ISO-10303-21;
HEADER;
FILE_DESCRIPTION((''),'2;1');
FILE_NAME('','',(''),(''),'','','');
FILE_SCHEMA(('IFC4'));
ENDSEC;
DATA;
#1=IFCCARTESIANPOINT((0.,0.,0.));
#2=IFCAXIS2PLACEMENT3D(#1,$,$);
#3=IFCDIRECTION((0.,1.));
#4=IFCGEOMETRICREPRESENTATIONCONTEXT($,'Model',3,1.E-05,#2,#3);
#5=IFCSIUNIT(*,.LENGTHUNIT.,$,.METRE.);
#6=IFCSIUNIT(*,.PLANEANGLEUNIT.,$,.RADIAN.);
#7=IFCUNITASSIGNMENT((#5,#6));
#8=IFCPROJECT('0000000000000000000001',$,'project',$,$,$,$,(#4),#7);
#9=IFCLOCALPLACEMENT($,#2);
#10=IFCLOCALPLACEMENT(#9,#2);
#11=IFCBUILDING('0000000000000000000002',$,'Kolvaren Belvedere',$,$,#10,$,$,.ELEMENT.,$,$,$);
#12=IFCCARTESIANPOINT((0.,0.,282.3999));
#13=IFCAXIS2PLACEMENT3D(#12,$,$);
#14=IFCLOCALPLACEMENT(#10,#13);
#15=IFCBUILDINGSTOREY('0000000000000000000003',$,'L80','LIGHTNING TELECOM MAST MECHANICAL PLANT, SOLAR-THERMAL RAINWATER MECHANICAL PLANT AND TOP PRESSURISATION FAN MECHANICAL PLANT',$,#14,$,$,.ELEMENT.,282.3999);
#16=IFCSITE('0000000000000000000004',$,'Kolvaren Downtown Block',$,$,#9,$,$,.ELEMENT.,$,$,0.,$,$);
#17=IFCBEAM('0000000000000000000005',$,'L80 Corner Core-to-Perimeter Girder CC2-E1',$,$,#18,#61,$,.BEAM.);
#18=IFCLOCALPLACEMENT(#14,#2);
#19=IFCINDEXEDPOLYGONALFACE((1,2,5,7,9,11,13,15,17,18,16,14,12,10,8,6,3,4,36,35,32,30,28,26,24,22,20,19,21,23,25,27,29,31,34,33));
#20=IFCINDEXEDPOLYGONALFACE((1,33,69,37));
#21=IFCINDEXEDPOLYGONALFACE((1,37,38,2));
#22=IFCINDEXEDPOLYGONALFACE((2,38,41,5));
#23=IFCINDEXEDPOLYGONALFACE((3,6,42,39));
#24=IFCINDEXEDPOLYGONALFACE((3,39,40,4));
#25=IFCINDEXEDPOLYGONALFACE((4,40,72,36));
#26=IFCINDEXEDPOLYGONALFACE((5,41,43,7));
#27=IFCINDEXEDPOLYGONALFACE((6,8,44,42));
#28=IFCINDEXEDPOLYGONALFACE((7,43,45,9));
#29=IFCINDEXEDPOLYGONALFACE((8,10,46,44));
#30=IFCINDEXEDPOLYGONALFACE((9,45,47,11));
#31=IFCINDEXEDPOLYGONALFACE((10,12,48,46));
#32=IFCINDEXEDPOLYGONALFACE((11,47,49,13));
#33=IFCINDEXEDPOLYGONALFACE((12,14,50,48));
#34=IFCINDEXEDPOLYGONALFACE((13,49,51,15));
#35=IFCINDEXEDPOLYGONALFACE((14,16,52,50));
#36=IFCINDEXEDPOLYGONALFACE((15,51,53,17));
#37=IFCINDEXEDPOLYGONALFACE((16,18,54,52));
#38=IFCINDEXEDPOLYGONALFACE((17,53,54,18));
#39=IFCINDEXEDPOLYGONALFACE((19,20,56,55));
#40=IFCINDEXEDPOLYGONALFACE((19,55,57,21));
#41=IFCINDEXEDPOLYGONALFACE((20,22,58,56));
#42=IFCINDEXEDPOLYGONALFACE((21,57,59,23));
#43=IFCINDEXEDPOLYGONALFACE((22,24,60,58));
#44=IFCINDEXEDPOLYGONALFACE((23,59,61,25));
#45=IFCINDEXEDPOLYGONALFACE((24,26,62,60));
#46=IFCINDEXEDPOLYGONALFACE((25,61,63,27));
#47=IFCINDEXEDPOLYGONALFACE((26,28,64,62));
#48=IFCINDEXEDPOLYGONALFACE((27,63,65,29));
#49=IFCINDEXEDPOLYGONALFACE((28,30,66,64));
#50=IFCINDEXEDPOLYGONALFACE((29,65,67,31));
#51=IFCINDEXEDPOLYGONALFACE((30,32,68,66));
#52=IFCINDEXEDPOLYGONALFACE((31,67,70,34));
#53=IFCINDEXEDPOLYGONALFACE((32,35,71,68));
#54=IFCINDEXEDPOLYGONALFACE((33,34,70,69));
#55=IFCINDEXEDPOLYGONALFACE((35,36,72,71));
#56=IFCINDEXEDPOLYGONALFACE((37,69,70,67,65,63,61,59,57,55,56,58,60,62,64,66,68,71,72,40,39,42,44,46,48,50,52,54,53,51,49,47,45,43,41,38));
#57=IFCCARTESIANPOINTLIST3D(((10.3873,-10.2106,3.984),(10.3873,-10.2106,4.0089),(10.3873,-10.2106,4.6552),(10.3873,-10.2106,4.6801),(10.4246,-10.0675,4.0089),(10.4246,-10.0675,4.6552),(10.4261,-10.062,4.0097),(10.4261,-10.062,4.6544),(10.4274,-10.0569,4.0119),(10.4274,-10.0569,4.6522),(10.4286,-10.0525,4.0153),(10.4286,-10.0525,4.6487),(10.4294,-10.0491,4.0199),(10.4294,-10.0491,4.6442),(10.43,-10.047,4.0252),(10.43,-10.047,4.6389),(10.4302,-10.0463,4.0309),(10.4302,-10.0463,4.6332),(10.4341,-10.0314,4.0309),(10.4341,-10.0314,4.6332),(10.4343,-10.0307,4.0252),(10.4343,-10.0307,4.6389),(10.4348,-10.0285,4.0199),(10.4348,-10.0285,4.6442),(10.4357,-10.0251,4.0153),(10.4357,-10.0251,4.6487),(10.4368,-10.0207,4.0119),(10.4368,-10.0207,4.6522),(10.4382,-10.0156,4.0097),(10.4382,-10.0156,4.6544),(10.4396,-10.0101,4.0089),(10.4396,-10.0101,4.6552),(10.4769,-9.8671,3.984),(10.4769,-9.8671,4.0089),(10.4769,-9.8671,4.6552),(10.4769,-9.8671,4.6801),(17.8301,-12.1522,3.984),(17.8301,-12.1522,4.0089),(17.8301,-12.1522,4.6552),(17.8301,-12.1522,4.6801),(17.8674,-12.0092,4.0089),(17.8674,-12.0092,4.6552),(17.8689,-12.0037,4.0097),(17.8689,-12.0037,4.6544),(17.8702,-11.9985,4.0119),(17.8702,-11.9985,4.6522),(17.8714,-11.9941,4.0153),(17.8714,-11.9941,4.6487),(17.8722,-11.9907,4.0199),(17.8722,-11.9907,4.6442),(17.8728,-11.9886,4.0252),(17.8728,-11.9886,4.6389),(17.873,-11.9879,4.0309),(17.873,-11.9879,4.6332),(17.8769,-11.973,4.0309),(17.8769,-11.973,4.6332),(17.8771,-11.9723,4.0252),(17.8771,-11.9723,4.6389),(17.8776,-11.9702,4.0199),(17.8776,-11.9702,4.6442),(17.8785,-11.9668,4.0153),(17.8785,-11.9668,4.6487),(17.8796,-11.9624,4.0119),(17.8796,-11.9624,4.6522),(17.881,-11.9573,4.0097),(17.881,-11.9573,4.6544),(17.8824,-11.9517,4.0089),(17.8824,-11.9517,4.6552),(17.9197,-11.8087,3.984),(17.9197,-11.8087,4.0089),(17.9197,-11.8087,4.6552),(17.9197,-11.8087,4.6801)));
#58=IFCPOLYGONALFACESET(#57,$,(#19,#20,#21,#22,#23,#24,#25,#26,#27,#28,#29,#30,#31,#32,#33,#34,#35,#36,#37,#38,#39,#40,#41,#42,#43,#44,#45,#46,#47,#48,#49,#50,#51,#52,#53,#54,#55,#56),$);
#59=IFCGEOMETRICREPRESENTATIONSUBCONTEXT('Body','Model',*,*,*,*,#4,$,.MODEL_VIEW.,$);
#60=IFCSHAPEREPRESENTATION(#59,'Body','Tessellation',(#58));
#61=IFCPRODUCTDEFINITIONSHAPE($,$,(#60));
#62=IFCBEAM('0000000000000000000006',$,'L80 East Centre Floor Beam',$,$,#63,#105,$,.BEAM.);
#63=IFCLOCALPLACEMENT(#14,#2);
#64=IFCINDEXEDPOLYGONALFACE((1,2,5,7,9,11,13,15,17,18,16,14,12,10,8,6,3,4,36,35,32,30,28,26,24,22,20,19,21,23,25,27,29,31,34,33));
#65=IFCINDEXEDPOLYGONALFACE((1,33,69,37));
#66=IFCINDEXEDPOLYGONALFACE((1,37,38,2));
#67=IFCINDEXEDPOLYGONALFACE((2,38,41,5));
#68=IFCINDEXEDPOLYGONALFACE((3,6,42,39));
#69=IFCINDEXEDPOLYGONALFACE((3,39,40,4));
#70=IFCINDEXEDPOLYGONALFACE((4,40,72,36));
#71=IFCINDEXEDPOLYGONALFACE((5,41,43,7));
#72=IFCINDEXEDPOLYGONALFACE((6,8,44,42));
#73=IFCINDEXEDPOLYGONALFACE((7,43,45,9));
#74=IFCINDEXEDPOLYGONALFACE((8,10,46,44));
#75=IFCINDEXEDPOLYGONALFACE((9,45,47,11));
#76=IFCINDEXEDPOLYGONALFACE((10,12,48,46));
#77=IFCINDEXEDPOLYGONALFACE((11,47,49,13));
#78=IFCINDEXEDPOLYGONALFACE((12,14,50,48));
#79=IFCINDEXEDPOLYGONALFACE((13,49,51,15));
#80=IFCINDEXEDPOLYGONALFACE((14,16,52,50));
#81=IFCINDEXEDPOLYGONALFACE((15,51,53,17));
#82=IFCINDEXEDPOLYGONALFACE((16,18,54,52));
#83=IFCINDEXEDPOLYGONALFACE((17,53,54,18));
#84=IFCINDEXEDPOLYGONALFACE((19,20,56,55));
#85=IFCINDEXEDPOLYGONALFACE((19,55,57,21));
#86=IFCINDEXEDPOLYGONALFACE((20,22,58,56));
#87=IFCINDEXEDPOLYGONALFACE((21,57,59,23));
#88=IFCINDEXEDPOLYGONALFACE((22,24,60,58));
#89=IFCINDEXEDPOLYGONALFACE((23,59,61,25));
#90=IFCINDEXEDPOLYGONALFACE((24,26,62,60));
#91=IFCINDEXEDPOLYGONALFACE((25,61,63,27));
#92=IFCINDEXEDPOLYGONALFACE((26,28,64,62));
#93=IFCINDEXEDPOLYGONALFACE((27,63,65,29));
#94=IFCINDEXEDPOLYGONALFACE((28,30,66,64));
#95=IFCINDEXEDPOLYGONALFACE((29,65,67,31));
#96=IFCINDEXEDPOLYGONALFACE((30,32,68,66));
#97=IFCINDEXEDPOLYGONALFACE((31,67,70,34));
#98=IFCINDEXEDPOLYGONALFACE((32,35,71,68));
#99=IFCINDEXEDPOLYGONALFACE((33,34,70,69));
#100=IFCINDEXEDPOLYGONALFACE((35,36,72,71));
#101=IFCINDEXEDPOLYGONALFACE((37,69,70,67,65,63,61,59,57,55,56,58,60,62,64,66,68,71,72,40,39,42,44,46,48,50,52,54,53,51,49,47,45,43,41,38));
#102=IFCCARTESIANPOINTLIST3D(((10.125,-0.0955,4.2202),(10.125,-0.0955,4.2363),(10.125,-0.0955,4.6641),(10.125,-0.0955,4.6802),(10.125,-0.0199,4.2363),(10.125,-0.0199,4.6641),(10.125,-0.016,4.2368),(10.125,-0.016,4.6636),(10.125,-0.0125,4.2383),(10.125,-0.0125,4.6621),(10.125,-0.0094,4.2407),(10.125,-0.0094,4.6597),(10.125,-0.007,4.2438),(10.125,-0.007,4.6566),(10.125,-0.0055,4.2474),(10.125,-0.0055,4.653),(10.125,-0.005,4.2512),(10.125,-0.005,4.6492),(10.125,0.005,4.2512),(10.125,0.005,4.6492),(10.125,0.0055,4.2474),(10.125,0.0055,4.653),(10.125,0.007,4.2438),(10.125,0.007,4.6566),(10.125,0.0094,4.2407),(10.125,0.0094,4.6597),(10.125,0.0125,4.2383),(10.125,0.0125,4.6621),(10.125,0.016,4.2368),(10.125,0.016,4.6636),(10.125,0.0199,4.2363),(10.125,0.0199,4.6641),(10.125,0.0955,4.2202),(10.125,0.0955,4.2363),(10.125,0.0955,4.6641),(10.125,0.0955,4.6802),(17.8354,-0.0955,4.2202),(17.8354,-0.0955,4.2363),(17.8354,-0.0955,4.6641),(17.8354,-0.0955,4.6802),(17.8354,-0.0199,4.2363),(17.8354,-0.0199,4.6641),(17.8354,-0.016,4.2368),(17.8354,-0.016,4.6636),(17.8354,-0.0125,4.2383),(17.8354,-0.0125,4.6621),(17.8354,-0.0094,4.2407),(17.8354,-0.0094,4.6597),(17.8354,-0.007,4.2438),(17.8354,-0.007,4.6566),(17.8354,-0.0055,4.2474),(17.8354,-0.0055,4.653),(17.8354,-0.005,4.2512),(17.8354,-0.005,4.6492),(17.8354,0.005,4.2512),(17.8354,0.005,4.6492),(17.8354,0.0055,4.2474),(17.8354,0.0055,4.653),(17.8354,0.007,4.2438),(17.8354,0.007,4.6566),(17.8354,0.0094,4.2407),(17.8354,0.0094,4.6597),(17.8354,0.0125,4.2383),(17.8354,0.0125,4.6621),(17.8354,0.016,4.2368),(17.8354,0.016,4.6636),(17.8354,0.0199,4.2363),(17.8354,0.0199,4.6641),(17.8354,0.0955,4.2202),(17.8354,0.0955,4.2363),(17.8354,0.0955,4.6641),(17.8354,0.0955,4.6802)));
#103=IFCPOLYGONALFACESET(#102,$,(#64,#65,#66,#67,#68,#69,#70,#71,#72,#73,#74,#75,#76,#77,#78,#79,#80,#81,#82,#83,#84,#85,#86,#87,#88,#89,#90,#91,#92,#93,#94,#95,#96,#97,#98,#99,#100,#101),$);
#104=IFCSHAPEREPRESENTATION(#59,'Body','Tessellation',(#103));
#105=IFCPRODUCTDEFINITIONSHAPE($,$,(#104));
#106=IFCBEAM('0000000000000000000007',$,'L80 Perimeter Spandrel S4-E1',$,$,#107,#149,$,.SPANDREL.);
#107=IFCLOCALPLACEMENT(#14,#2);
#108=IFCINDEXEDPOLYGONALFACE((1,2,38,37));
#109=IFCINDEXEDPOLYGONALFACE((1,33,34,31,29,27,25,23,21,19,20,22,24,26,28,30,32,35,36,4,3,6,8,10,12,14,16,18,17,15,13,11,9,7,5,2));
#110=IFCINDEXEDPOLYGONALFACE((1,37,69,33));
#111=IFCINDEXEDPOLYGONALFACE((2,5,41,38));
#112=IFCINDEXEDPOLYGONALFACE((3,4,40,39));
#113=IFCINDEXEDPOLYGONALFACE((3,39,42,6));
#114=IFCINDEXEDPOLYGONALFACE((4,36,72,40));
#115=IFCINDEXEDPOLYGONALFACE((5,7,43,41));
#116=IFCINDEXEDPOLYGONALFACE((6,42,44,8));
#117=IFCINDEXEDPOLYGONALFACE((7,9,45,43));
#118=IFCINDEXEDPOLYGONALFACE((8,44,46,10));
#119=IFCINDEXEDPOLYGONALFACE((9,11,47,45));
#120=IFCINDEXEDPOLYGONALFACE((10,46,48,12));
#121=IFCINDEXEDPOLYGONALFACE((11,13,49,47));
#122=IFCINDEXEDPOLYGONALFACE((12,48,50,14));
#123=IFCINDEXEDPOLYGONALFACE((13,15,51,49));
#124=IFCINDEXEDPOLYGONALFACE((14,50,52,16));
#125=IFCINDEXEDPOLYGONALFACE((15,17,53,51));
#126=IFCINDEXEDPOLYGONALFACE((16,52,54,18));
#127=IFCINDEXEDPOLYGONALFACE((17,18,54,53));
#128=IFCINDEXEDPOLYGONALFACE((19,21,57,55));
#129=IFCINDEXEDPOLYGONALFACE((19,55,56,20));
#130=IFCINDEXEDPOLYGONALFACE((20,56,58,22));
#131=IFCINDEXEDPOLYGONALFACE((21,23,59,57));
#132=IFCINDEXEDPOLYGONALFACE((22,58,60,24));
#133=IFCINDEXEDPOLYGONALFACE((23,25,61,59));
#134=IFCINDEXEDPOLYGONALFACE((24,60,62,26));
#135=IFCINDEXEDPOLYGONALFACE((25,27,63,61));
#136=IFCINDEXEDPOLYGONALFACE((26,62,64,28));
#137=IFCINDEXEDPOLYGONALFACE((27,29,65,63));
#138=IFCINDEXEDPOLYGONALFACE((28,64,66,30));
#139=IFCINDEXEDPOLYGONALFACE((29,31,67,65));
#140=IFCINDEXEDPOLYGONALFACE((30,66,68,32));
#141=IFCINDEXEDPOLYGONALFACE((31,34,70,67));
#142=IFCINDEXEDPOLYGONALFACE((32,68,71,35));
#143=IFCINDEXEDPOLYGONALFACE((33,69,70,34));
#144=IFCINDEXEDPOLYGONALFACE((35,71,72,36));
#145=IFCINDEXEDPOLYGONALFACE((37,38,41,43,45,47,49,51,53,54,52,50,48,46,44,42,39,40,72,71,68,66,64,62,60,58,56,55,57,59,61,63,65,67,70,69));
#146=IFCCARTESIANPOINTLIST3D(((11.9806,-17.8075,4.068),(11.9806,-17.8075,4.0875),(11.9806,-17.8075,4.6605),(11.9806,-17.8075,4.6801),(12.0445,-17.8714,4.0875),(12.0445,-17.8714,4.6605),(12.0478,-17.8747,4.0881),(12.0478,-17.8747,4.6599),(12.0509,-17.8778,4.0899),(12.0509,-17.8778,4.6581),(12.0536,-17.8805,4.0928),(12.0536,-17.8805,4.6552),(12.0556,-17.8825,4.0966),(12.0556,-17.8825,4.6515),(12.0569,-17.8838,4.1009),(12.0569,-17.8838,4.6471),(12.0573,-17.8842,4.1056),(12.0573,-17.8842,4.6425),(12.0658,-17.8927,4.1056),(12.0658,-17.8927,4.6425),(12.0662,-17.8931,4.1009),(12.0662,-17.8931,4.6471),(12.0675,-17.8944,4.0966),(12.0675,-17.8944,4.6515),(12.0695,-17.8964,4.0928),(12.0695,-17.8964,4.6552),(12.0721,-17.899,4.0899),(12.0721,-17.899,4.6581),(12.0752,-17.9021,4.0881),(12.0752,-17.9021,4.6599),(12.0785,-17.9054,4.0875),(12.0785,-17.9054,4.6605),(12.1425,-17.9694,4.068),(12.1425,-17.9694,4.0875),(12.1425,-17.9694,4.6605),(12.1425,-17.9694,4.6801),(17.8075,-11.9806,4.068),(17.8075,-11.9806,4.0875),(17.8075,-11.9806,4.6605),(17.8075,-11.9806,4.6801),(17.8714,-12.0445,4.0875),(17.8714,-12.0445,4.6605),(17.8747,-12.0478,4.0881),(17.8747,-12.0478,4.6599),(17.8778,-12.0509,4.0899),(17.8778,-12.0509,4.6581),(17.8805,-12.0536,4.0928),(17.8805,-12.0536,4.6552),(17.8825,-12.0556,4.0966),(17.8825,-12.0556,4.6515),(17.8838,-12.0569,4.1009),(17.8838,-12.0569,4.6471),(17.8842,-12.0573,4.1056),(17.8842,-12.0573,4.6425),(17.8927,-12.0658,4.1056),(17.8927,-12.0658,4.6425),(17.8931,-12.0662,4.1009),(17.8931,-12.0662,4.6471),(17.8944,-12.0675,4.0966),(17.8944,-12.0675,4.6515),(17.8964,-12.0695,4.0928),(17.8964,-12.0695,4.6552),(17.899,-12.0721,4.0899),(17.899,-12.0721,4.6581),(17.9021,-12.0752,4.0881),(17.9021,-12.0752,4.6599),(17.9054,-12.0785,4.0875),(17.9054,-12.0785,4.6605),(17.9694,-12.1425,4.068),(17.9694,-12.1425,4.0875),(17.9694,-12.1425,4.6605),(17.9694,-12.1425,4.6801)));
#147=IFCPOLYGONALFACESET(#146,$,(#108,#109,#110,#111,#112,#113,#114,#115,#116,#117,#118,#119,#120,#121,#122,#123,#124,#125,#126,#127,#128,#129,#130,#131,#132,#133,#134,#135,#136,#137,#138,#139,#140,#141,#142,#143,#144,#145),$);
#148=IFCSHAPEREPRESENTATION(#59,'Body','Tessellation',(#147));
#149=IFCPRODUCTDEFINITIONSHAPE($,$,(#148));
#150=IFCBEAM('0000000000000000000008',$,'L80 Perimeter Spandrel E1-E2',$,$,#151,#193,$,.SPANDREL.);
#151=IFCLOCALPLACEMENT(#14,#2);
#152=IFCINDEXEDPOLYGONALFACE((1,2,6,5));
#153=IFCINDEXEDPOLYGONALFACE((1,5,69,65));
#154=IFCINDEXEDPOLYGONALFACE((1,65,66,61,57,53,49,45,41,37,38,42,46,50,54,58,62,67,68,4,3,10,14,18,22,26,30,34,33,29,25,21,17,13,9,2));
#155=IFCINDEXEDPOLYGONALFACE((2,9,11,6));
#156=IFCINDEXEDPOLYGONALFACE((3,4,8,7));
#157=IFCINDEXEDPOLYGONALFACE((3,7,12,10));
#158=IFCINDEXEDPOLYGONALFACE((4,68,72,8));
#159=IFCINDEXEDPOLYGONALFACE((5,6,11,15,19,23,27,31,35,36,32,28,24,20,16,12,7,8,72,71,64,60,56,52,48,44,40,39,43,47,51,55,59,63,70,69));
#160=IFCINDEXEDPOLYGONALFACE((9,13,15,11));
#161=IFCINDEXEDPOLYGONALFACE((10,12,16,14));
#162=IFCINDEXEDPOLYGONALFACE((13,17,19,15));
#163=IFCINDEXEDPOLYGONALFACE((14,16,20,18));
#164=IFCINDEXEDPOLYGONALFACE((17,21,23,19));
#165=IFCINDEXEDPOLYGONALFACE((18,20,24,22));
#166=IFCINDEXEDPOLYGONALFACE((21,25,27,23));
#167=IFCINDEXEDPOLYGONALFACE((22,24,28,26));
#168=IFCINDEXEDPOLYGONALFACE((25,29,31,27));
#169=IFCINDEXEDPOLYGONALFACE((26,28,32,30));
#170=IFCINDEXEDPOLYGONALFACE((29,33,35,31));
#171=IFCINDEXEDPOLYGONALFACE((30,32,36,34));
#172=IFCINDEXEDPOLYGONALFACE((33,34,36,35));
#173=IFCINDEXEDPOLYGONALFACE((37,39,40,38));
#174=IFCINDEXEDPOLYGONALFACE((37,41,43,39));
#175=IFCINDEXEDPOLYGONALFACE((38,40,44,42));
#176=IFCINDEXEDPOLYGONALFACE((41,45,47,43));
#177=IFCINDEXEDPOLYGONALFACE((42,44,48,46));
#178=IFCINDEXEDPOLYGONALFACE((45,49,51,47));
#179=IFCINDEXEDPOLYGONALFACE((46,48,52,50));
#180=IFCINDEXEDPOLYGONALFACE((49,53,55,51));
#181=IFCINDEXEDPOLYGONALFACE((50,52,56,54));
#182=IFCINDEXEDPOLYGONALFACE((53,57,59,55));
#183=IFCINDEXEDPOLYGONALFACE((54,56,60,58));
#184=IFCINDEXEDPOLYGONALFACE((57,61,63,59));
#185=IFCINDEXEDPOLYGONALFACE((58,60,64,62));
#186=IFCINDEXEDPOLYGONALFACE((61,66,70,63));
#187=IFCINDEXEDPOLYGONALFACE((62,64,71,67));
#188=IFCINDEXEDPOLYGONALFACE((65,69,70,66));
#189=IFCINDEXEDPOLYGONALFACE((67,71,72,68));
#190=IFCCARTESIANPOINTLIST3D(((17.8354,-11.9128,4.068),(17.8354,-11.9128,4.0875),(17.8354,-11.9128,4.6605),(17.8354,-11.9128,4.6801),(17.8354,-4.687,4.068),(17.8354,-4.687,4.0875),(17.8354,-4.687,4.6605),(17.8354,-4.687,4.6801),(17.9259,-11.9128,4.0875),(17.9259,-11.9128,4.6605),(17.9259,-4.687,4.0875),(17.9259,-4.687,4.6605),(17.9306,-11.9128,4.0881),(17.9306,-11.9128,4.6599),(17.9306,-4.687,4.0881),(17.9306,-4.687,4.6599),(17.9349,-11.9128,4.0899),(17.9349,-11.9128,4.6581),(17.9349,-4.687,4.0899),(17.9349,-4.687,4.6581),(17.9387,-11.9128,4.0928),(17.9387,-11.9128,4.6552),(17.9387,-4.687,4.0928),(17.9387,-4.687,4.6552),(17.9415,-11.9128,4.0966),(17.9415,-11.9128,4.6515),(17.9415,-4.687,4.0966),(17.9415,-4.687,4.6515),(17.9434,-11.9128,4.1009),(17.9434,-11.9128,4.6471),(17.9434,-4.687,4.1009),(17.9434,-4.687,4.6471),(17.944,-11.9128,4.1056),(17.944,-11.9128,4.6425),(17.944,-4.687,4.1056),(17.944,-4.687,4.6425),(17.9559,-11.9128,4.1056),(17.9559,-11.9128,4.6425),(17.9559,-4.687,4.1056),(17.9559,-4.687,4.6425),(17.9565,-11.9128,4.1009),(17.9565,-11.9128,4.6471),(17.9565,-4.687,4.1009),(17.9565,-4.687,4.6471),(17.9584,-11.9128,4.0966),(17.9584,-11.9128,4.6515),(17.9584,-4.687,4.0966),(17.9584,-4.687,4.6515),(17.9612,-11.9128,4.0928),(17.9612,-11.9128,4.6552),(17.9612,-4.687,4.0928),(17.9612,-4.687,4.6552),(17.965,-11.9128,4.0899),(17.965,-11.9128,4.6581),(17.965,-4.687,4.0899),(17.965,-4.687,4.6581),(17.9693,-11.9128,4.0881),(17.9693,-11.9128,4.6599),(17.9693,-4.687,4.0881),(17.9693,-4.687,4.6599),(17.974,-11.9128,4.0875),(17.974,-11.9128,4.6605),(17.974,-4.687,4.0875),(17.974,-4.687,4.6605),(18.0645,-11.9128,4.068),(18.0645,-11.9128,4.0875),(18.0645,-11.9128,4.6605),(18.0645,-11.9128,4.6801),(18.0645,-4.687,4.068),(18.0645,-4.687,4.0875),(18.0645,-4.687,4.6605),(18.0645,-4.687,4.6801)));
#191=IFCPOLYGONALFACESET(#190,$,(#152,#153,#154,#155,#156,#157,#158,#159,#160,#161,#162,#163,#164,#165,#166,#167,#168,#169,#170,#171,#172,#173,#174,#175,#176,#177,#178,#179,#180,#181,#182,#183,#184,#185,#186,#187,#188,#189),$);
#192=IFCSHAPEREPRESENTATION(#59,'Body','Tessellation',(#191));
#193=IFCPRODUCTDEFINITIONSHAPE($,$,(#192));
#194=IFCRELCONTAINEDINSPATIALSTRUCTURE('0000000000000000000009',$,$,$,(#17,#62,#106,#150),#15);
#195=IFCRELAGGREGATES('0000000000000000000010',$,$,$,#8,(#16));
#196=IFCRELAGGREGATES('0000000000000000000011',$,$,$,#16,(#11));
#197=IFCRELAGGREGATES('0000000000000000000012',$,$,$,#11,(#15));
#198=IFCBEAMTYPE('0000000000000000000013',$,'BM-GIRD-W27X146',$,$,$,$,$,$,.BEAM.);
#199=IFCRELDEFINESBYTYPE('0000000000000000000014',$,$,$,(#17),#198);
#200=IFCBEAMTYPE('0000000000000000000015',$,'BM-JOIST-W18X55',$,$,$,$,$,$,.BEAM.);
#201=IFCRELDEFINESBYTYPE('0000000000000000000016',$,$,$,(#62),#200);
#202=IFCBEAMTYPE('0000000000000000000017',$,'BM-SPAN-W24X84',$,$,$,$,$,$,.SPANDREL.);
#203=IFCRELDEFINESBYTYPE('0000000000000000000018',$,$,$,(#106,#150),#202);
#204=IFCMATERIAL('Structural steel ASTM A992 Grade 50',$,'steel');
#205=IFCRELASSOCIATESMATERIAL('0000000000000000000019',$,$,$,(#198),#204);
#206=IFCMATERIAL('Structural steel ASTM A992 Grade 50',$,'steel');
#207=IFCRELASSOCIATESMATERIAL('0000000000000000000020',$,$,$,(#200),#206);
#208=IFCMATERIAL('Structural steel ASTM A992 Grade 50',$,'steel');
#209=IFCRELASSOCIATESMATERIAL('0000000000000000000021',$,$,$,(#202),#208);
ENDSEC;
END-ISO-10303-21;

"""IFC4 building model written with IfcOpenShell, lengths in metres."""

from ifc_helpers import new_model, si_unit, direction, frame, origin, origin_2d, place, context, subcontext, project, spatial, i_section, extrude, material, material_profile, profile_set, type_object, element, save


model = new_model("IFC4")

# Units and contexts
model_context = context("Model", 3, precision=1e-05, world=origin(), true_north=direction((0.0, 1.0)))
body_context = subcontext(model_context, "Body", "Model", "MODEL_VIEW")
ifc_project = project(units=[si_unit("LENGTHUNIT", "METRE"), si_unit("PLANEANGLEUNIT", "RADIAN")], contexts=[model_context])

# Site, building, storey
site_placement = place(None, origin())
site = spatial("IfcSite", under=ifc_project, at=site_placement, Name="Kolvaren Downtown Block", CompositionType="ELEMENT", RefElevation=0.0)
building_placement = place(site_placement, origin())
building = spatial("IfcBuilding", under=site, at=building_placement, Name="Kolvaren Belvedere", CompositionType="ELEMENT")
storey_placement = place(building_placement, frame((0.0, 0.0, 282.3999)))
storey = spatial("IfcBuildingStorey", under=building, at=storey_placement, Name="L80", Description="LIGHTNING TELECOM MAST MECHANICAL PLANT, SOLAR-THERMAL RAINWATER MECHANICAL PLANT AND TOP PRESSURISATION FAN MECHANICAL PLANT", CompositionType="ELEMENT", Elevation=282.3999)

# Beams
ifc_material_1 = material(Name="Structural steel ASTM A992 Grade 50", Category="steel")
ifc_material_profile_1 = material_profile(ifc_material_1, i_section(OverallWidth=0.355, OverallDepth=0.696, WebThickness=0.0154, FlangeThickness=0.0249, FilletRadius=0.022, at=origin_2d()), Name="W27X146")
ifc_profile_set_1 = profile_set([ifc_material_profile_1], Name="Structural steel ASTM A992 Grade 50")
beam_type_1 = type_object("IfcBeamType", Name="BM-GIRD-W27X146", PredefinedType="BEAM", material=ifc_profile_set_1)
beam_1_placement = place(storey_placement, frame((10.4321, -10.0388, 4.332), z_axis=(0.967616, -0.252426, 0.0), x_axis=(0.252426, 0.967616, 0.0)))
element("IfcBeam", 1, at=beam_1_placement, inside=storey, type_object=beam_type_1, Name="L80 Corner Core-to-Perimeter Girder CC2-E1", PredefinedType="BEAM", context=body_context, shape_type="SweptSolid", body=[
    extrude(i_section(OverallWidth=0.355, OverallDepth=0.696, WebThickness=0.0154, FlangeThickness=0.0249, FilletRadius=0.022, at=origin_2d()), origin(), (0.0, 0.0, 1.0), 7.6919),
])
ifc_material_2 = material(Name="Structural steel ASTM A992 Grade 50", Category="steel")
ifc_material_profile_2 = material_profile(ifc_material_2, i_section(OverallWidth=0.1909, OverallDepth=0.46, WebThickness=0.01, FlangeThickness=0.0161, FilletRadius=0.0149, at=origin_2d()), Name="W18X55")
ifc_profile_set_2 = profile_set([ifc_material_profile_2], Name="Structural steel ASTM A992 Grade 50")
beam_type_2 = type_object("IfcBeamType", Name="BM-JOIST-W18X55", PredefinedType="BEAM", material=ifc_profile_set_2)
beam_2_placement = place(storey_placement, frame((10.125, 0.0, 4.4502), z_axis=(1.0, 0.0, 0.0), x_axis=(0.0, 1.0, 0.0)))
element("IfcBeam", 2, at=beam_2_placement, inside=storey, type_object=beam_type_2, Name="L80 East Centre Floor Beam", PredefinedType="BEAM", context=body_context, shape_type="SweptSolid", body=[
    extrude(i_section(OverallWidth=0.1909, OverallDepth=0.46, WebThickness=0.01, FlangeThickness=0.0161, FilletRadius=0.0149, at=origin_2d()), origin(), (0.0, 0.0, 1.0), 7.7104),
])
ifc_material_3 = material(Name="Structural steel ASTM A992 Grade 50", Category="steel")
ifc_material_profile_3 = material_profile(ifc_material_3, i_section(OverallWidth=0.229, OverallDepth=0.6121, WebThickness=0.012, FlangeThickness=0.0195, FilletRadius=0.0181, at=origin_2d()), Name="W24X84")
ifc_profile_set_3 = profile_set([ifc_material_profile_3], Name="Structural steel ASTM A992 Grade 50")
beam_type_3 = type_object("IfcBeamType", Name="BM-SPAN-W24X84", PredefinedType="SPANDREL", material=ifc_profile_set_3)
beam_3_placement = place(storey_placement, frame((12.0615, -17.8884, 4.374), z_axis=(0.707107, 0.707107, 0.0), x_axis=(-0.707107, 0.707107, 0.0)))
element("IfcBeam", 3, at=beam_3_placement, inside=storey, type_object=beam_type_3, Name="L80 Perimeter Spandrel S4-E1", PredefinedType="SPANDREL", context=body_context, shape_type="SweptSolid", body=[
    extrude(i_section(OverallWidth=0.229, OverallDepth=0.6121, WebThickness=0.012, FlangeThickness=0.0195, FilletRadius=0.0181, at=origin_2d()), origin(), (0.0, 0.0, 1.0), 8.2405),
])
beam_4_placement = place(storey_placement, frame((17.95, -11.9128, 4.374), z_axis=(0.0, 1.0, 0.0), x_axis=(-1.0, 0.0, 0.0)))
element("IfcBeam", 4, at=beam_4_placement, inside=storey, type_object=beam_type_3, Name="L80 Perimeter Spandrel E1-E2", PredefinedType="SPANDREL", context=body_context, shape_type="SweptSolid", body=[
    extrude(i_section(OverallWidth=0.229, OverallDepth=0.6121, WebThickness=0.012, FlangeThickness=0.0195, FilletRadius=0.0181, at=origin_2d()), origin(), (0.0, 0.0, 1.0), 7.2258),
])

save(model, "model.ifc")
